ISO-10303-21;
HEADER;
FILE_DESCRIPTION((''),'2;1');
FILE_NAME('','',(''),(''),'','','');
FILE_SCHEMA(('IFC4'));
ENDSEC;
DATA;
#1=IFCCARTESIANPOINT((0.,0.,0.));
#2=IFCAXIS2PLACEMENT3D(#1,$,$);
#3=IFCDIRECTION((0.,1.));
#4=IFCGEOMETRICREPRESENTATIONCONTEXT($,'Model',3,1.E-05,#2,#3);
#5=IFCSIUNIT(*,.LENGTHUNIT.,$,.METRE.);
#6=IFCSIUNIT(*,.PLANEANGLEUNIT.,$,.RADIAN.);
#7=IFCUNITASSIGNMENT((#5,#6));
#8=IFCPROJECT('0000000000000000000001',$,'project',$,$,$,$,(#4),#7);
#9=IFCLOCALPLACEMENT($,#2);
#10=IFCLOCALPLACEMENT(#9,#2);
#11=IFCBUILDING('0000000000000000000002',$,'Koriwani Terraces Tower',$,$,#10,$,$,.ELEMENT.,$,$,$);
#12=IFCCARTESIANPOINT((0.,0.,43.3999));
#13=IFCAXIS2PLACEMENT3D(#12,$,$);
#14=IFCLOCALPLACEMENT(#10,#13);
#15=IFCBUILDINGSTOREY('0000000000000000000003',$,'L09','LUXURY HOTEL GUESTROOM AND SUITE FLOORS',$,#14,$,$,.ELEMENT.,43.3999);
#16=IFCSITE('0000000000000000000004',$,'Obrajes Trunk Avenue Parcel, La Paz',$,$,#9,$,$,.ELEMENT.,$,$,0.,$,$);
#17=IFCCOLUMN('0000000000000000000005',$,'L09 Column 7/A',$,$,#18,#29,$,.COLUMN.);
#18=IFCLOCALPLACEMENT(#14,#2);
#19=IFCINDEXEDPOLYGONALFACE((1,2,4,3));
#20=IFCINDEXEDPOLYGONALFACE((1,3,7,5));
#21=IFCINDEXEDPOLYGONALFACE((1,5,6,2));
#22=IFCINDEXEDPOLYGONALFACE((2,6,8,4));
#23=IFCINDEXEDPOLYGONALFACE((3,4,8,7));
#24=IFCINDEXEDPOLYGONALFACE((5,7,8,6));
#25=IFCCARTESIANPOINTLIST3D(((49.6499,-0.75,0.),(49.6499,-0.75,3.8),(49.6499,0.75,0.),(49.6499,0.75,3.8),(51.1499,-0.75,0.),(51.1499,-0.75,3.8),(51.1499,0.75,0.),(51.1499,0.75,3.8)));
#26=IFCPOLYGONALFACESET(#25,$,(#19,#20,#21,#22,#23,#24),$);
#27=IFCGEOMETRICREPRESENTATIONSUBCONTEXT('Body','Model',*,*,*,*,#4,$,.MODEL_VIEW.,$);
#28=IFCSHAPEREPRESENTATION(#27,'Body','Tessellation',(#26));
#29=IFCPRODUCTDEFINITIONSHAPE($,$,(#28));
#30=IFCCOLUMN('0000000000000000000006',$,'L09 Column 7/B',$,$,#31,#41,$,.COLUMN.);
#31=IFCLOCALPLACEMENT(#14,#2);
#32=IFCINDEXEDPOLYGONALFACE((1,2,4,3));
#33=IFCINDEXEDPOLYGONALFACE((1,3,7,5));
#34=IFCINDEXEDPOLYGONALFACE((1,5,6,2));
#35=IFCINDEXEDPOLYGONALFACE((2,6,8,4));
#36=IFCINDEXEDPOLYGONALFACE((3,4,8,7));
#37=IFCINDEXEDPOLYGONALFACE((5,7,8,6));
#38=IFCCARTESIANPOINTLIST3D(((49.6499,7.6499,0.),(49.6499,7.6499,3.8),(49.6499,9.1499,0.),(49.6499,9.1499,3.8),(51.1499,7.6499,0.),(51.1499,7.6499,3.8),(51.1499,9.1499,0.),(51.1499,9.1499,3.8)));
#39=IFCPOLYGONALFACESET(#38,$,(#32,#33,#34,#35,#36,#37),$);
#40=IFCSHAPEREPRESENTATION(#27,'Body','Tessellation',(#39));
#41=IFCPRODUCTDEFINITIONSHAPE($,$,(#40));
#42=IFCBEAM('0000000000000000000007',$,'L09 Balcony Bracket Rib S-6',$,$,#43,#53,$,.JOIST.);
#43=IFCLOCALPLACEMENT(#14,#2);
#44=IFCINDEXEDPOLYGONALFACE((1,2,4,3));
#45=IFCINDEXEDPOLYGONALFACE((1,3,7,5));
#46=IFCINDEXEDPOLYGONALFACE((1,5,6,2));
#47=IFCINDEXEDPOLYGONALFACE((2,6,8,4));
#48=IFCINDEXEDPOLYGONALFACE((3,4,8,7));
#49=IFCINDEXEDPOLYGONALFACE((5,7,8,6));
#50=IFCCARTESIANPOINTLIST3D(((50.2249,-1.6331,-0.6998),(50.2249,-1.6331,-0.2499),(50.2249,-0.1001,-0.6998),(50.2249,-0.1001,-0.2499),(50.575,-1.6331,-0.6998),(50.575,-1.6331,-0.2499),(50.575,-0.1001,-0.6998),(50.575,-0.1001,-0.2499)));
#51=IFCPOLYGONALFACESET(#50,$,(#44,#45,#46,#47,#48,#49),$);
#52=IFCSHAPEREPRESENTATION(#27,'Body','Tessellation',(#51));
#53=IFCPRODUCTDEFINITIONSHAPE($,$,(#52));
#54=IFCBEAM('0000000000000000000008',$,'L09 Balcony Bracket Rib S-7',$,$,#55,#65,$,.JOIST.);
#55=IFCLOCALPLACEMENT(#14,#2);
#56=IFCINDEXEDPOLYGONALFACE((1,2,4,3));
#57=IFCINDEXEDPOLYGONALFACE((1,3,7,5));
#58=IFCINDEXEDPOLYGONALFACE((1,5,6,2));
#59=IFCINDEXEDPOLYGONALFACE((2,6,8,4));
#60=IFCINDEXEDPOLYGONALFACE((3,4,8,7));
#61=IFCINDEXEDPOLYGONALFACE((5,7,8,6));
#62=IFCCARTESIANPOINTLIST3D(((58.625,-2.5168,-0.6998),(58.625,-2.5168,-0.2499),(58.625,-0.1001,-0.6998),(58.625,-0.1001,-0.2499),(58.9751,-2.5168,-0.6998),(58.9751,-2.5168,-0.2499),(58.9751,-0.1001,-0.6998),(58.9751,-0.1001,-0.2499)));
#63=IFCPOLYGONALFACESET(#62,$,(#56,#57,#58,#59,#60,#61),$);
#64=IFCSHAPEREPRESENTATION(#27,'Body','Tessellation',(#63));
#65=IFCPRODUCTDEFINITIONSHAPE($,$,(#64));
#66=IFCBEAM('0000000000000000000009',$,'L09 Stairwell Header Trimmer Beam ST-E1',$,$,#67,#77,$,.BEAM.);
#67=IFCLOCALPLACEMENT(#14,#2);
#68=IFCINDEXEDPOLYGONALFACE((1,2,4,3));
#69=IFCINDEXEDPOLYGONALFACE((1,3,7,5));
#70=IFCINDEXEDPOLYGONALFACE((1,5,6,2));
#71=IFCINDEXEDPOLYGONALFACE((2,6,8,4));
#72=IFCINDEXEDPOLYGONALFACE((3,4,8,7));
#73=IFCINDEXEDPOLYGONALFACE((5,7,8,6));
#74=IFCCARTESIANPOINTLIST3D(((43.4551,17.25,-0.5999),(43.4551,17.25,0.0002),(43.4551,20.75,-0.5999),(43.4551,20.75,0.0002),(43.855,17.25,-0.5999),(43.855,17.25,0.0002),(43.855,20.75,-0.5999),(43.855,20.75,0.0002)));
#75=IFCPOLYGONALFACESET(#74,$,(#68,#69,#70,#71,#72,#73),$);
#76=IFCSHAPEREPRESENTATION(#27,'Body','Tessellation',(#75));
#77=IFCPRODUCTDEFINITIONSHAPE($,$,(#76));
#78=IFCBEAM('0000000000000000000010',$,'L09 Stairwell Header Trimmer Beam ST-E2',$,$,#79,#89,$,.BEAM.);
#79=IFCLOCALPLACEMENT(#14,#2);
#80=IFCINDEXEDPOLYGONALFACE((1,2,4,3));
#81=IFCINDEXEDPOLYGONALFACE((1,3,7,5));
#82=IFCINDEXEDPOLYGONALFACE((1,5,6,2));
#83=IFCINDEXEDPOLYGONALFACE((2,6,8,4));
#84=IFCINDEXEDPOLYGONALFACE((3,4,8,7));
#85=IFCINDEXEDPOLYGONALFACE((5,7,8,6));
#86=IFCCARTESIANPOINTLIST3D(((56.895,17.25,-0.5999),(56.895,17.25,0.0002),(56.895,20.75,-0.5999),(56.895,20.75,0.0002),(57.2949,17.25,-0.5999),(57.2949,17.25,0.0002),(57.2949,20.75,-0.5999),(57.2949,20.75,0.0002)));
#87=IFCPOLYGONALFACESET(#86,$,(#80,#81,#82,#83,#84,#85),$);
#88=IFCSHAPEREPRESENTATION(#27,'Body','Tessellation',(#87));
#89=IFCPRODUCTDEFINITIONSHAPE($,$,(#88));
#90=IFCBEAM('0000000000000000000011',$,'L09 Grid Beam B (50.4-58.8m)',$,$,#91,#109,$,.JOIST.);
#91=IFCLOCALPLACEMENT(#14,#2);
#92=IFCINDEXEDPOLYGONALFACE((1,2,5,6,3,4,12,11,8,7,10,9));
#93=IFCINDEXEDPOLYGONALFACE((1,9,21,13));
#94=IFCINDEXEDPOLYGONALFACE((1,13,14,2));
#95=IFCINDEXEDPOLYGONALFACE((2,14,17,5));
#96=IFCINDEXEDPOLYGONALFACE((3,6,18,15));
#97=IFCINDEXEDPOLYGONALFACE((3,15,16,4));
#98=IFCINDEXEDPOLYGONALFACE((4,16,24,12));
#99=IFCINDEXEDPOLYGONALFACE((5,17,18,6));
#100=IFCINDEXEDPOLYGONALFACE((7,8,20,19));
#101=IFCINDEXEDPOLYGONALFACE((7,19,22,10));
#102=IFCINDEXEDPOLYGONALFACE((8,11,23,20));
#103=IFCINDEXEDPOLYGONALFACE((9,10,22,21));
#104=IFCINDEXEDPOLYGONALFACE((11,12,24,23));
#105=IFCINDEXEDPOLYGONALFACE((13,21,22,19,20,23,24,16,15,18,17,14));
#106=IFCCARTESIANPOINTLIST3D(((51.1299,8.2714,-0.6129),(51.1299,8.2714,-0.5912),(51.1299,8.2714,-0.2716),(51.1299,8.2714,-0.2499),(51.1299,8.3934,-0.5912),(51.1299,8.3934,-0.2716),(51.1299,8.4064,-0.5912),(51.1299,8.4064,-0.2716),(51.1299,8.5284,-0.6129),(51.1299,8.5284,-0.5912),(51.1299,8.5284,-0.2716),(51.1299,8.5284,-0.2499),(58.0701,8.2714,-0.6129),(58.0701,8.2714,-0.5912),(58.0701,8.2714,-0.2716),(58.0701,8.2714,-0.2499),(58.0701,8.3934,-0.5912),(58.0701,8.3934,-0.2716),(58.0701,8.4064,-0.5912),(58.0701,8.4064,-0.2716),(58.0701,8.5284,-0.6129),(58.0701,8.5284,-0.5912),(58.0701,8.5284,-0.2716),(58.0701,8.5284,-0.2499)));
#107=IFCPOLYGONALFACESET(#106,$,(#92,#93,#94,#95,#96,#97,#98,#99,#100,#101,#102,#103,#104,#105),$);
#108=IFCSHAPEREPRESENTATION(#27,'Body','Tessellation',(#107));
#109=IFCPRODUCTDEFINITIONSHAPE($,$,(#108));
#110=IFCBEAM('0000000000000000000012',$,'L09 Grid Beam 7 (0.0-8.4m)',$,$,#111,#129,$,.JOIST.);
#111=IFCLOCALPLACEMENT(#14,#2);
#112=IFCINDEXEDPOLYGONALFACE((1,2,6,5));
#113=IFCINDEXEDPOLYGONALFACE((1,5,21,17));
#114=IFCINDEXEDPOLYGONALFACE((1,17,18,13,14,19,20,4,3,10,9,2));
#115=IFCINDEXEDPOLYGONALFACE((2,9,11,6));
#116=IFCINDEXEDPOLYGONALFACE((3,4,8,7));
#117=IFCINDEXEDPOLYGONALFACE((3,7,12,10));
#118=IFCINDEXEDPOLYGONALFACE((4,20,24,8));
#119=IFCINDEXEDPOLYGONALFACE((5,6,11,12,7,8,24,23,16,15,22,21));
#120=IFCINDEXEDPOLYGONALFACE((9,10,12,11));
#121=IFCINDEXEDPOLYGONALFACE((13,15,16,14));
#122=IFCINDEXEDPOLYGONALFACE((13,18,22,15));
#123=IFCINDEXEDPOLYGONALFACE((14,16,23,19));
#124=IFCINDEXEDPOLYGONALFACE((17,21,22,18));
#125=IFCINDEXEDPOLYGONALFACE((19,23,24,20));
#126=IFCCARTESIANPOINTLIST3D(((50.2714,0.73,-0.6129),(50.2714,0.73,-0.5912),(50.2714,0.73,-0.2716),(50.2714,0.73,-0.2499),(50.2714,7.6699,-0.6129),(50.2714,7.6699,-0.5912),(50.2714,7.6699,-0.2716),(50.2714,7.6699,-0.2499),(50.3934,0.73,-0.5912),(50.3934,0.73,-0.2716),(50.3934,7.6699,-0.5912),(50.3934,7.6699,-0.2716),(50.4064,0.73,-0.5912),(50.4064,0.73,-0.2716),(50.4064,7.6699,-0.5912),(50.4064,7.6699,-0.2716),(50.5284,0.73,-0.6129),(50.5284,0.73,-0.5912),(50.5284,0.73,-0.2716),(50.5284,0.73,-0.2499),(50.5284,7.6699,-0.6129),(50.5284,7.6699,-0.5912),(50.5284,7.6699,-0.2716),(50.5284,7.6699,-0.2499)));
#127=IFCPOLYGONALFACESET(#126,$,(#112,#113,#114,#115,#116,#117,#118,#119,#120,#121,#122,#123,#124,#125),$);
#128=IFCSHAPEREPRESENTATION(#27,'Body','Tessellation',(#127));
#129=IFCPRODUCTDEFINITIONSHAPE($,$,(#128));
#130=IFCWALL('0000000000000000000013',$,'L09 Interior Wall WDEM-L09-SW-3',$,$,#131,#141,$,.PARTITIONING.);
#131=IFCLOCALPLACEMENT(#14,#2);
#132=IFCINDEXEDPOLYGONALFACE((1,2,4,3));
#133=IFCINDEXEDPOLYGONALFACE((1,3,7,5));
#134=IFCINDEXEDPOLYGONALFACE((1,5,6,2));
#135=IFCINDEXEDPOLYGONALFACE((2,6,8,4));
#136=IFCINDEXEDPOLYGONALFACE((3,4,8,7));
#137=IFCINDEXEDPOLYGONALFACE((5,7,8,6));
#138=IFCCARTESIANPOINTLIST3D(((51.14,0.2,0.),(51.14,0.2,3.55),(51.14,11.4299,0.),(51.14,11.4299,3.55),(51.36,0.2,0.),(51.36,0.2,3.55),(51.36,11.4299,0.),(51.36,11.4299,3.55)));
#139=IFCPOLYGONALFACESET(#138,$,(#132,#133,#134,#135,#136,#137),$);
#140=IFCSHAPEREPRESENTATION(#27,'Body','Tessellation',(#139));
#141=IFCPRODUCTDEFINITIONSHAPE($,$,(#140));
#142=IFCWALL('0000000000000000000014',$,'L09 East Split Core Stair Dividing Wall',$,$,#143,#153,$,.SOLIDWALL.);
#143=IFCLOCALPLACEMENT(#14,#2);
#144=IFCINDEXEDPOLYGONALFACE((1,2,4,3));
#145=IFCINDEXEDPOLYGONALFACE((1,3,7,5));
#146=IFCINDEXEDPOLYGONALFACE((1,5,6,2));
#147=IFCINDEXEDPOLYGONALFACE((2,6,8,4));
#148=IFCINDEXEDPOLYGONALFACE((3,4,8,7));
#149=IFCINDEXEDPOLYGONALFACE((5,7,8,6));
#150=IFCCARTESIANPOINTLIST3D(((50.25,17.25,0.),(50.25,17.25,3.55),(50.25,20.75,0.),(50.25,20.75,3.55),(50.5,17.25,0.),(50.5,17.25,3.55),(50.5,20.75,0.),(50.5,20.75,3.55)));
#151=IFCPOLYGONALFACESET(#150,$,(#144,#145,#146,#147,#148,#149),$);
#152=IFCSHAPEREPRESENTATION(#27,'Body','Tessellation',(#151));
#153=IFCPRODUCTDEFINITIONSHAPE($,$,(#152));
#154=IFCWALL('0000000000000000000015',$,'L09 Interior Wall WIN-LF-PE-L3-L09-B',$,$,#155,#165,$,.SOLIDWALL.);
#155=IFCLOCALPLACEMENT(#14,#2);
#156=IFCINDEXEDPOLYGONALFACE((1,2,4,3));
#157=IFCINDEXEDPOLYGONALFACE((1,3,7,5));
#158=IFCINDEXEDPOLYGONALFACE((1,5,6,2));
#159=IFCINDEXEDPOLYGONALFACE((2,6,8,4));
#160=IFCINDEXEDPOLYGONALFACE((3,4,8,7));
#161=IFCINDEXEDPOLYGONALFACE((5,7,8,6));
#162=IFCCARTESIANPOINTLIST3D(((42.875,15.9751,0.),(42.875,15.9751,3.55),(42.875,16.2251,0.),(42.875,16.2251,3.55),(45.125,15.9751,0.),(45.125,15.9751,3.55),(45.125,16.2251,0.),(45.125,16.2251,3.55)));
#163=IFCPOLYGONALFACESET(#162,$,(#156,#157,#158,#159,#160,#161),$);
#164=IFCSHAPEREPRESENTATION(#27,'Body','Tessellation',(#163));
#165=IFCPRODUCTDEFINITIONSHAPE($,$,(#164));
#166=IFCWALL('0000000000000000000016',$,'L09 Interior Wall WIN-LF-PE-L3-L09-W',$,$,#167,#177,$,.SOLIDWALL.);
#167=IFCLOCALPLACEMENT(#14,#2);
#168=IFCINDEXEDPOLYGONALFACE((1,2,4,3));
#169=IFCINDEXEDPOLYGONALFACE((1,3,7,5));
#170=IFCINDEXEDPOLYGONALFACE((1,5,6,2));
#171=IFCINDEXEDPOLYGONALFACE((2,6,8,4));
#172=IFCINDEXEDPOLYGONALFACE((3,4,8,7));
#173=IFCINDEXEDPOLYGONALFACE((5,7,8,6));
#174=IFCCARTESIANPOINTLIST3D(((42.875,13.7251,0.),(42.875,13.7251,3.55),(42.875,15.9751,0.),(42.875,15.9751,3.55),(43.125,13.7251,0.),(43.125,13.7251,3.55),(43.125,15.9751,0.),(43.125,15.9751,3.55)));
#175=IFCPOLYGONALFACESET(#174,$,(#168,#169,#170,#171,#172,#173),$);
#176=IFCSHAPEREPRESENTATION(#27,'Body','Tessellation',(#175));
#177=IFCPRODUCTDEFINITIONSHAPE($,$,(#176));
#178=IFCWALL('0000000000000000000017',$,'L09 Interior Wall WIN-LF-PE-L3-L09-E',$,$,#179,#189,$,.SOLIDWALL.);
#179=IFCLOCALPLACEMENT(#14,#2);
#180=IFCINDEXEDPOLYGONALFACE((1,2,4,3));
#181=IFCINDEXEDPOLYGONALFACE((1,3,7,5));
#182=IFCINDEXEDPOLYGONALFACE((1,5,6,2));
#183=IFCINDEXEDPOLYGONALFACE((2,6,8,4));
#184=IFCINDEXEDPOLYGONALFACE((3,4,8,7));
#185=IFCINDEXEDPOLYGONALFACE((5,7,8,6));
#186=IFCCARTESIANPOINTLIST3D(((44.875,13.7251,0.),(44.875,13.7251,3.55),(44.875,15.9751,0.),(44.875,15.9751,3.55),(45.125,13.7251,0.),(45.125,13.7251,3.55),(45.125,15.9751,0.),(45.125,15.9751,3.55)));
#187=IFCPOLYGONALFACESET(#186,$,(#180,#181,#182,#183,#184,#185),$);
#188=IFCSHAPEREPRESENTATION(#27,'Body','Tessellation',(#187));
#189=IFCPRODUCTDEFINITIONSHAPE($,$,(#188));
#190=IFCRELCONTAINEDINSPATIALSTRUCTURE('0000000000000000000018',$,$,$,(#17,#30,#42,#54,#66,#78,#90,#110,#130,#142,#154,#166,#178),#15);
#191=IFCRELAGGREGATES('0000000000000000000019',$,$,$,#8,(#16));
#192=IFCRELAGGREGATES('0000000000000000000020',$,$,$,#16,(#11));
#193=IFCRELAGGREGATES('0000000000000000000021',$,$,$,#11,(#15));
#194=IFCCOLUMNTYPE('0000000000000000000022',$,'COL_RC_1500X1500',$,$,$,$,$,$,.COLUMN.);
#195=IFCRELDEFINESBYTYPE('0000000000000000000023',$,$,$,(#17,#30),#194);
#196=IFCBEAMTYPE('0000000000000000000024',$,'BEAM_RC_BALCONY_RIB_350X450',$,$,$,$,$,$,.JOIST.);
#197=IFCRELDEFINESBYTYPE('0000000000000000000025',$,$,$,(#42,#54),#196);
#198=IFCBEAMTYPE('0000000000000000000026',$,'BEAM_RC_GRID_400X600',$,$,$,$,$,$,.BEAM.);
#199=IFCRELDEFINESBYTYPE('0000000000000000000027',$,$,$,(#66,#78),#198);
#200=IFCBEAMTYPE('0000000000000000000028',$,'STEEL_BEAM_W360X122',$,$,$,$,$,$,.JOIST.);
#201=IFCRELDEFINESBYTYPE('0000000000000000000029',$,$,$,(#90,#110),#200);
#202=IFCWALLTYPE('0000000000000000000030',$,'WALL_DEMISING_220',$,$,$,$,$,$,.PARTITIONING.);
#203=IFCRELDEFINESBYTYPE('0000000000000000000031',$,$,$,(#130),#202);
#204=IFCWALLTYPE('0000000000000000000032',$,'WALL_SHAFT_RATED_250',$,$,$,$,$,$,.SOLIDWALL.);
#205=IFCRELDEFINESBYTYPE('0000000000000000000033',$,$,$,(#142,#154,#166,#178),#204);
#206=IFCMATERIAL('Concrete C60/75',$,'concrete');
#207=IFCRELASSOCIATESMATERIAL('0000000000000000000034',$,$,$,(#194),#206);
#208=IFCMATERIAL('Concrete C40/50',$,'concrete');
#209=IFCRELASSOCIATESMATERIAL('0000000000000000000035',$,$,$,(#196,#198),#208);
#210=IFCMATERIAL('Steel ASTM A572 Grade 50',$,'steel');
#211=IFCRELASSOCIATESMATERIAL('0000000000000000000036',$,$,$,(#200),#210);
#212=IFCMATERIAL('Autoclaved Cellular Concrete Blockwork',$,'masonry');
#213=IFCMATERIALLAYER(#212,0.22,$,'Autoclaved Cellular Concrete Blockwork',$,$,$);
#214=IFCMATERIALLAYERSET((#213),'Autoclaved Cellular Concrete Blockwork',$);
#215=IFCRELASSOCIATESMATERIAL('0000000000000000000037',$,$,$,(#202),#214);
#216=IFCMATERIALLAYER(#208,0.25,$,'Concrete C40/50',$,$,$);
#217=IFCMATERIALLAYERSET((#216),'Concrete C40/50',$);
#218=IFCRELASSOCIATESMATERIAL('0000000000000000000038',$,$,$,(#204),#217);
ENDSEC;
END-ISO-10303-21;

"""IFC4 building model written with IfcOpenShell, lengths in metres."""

from ifc_helpers import new_model, si_unit, direction, frame, frame_2d, origin, origin_2d, place, context, subcontext, project, spatial, rectangle, i_section, extrude, material, layer, layer_set, material_profile, profile_set, type_object, element, save


model = new_model("IFC4")

# Units and contexts
model_context = context("Model", 3, precision=1e-05, world=origin(), true_north=direction((0.0, 1.0)))
body_context = subcontext(model_context, "Body", "Model", "MODEL_VIEW")
ifc_project = project(units=[si_unit("LENGTHUNIT", "METRE"), si_unit("PLANEANGLEUNIT", "RADIAN")], contexts=[model_context])

# Site, building, storey
site_placement = place(None, origin())
site = spatial("IfcSite", under=ifc_project, at=site_placement, Name="Obrajes Trunk Avenue Parcel, La Paz", CompositionType="ELEMENT", RefElevation=0.0)
building_placement = place(site_placement, origin())
building = spatial("IfcBuilding", under=site, at=building_placement, Name="Koriwani Terraces Tower", CompositionType="ELEMENT")
storey_placement = place(building_placement, frame((0.0, 0.0, 43.3999)))
storey = spatial("IfcBuildingStorey", under=building, at=storey_placement, Name="L09", Description="LUXURY HOTEL GUESTROOM AND SUITE FLOORS", CompositionType="ELEMENT", Elevation=43.3999)

# Columns
ifc_material_1 = material(Name="Concrete C60/75", Category="concrete")
ifc_material_profile_1 = material_profile(ifc_material_1, rectangle(XDim=1.5, YDim=1.5, at=origin_2d()), Name="Concrete C60/75", Category="LoadBearing")
ifc_profile_set_1 = profile_set([ifc_material_profile_1], Name="Concrete C60/75")
column_type = type_object("IfcColumnType", Name="COL_RC_1500X1500", PredefinedType="COLUMN", material=ifc_profile_set_1)
for number, where, z_axis, x_axis, name in (
    (1, (50.3999, 0.0, 0.0), (0.0, 0.0, 1.0), (1.0, 0.0, 0.0), "L09 Column 7/A"),
    (2, (50.3999, 8.3999, 0.0), (0.0, 0.0, 1.0), (1.0, 0.0, 0.0), "L09 Column 7/B"),
):
    element("IfcColumn", number, at=place(storey_placement, frame(where, z_axis=z_axis, x_axis=x_axis)), inside=storey, type_object=column_type, Name=name, PredefinedType="COLUMN", context=body_context, shape_type="SweptSolid", body=[
        extrude(rectangle(XDim=1.5, YDim=1.5, at=origin_2d()), origin(), (0.0, 0.0, 1.0), 3.8),
    ])

# Beams
ifc_material_2 = material(Name="Concrete C40/50", Category="concrete")
ifc_material_profile_2 = material_profile(ifc_material_2, rectangle(XDim=0.3501, YDim=0.45, at=origin_2d()), Name="Concrete C40/50", Category="LoadBearing")
ifc_profile_set_2 = profile_set([ifc_material_profile_2], Name="Concrete C40/50")
beam_type_1 = type_object("IfcBeamType", Name="BEAM_RC_BALCONY_RIB_350X450", PredefinedType="JOIST", material=ifc_profile_set_2)
beam_1_placement = place(storey_placement, frame((50.3999, -1.6331, -0.4749), z_axis=(0.0, 1.0, 0.0), x_axis=(-1.0, 0.0, 0.0)))
element("IfcBeam", 3, at=beam_1_placement, inside=storey, type_object=beam_type_1, Name="L09 Balcony Bracket Rib S-6", PredefinedType="JOIST", context=body_context, shape_type="SweptSolid", body=[
    extrude(rectangle(XDim=0.3501, YDim=0.45, at=origin_2d()), origin(), (0.0, 0.0, 1.0), 1.533),
])
beam_2_placement = place(storey_placement, frame((58.8, -2.5168, -0.4749), z_axis=(0.0, 1.0, 0.0), x_axis=(-1.0, 0.0, 0.0)))
element("IfcBeam", 4, at=beam_2_placement, inside=storey, type_object=beam_type_1, Name="L09 Balcony Bracket Rib S-7", PredefinedType="JOIST", context=body_context, shape_type="SweptSolid", body=[
    extrude(rectangle(XDim=0.3501, YDim=0.45, at=origin_2d()), origin(), (0.0, 0.0, 1.0), 2.4167),
])
ifc_material_profile_3 = material_profile(ifc_material_2, rectangle(XDim=0.3999, YDim=0.6001, at=origin_2d()), Name="Concrete C40/50", Category="LoadBearing")
ifc_profile_set_3 = profile_set([ifc_material_profile_3], Name="Concrete C40/50")
beam_type_2 = type_object("IfcBeamType", Name="BEAM_RC_GRID_400X600", PredefinedType="BEAM", material=ifc_profile_set_3)
for number, where, z_axis, x_axis, name in (
    (5, (43.655, 17.25, -0.2998), (0.0, 1.0, 0.0), (-1.0, 0.0, 0.0), "L09 Stairwell Header Trimmer Beam ST-E1"),
    (6, (57.095, 17.25, -0.2998), (0.0, 1.0, 0.0), (-1.0, 0.0, 0.0), "L09 Stairwell Header Trimmer Beam ST-E2"),
):
    element("IfcBeam", number, at=place(storey_placement, frame(where, z_axis=z_axis, x_axis=x_axis)), inside=storey, type_object=beam_type_2, Name=name, PredefinedType="BEAM", context=body_context, shape_type="SweptSolid", body=[
        extrude(rectangle(XDim=0.3999, YDim=0.6001, at=origin_2d()), origin(), (0.0, 0.0, 1.0), 3.5),
    ])
ifc_material_3 = material(Name="Steel ASTM A572 Grade 50", Category="steel")
ifc_material_profile_4 = material_profile(ifc_material_3, i_section(OverallWidth=0.2571, OverallDepth=0.363, WebThickness=0.0129, FlangeThickness=0.0217, at=origin_2d()), Name="Steel ASTM A572 Grade 50", Category="LoadBearing")
ifc_profile_set_4 = profile_set([ifc_material_profile_4], Name="Steel ASTM A572 Grade 50")
beam_type_3 = type_object("IfcBeamType", Name="STEEL_BEAM_W360X122", PredefinedType="JOIST", material=ifc_profile_set_4)
beam_3_placement = place(storey_placement, frame((51.1299, 8.3999, -0.4314), z_axis=(1.0, 0.0, 0.0), x_axis=(0.0, 1.0, 0.0)))
element("IfcBeam", 7, at=beam_3_placement, inside=storey, type_object=beam_type_3, Name="L09 Grid Beam B (50.4-58.8m)", PredefinedType="JOIST", context=body_context, shape_type="SweptSolid", body=[
    extrude(i_section(OverallWidth=0.2571, OverallDepth=0.363, WebThickness=0.0129, FlangeThickness=0.0217, at=origin_2d()), origin(), (0.0, 0.0, 1.0), 6.9402),
])
beam_4_placement = place(storey_placement, frame((50.3999, 0.73, -0.4314), z_axis=(0.0, 1.0, 0.0), x_axis=(-1.0, 0.0, 0.0)))
element("IfcBeam", 8, at=beam_4_placement, inside=storey, type_object=beam_type_3, Name="L09 Grid Beam 7 (0.0-8.4m)", PredefinedType="JOIST", context=body_context, shape_type="SweptSolid", body=[
    extrude(i_section(OverallWidth=0.2571, OverallDepth=0.363, WebThickness=0.0129, FlangeThickness=0.0217, at=origin_2d()), origin(), (0.0, 0.0, 1.0), 6.9399),
])

# Walls
ifc_material_4 = material(Name="Autoclaved Cellular Concrete Blockwork", Category="masonry")
ifc_layer_1 = layer(ifc_material_4, 0.22, Name="Autoclaved Cellular Concrete Blockwork")
ifc_layer_set_1 = layer_set([ifc_layer_1], Name="Autoclaved Cellular Concrete Blockwork")
wall_type_1 = type_object("IfcWallType", Name="WALL_DEMISING_220", PredefinedType="PARTITIONING", material=ifc_layer_set_1)
wall_1_placement = place(storey_placement, frame((51.25, 0.2, 0.0), z_axis=(0.0, 0.0, 1.0), x_axis=(0.0, 1.0, 0.0)))
element("IfcWall", 9, at=wall_1_placement, inside=storey, type_object=wall_type_1, Name="L09 Interior Wall WDEM-L09-SW-3", PredefinedType="PARTITIONING", context=body_context, shape_type="SweptSolid", body=[
    extrude(rectangle(XDim=11.23, YDim=0.22, at=frame_2d((5.615, 0.0))), origin(), (0.0, 0.0, 1.0), 3.55),
])
ifc_layer_2 = layer(ifc_material_2, 0.25, Name="Concrete C40/50")
ifc_layer_set_2 = layer_set([ifc_layer_2], Name="Concrete C40/50")
wall_type_2 = type_object("IfcWallType", Name="WALL_SHAFT_RATED_250", PredefinedType="SOLIDWALL", material=ifc_layer_set_2)
wall_2_placement = place(storey_placement, frame((50.375, 17.25, 0.0), z_axis=(0.0, 0.0, 1.0), x_axis=(0.0, 1.0, 0.0)))
element("IfcWall", 10, at=wall_2_placement, inside=storey, type_object=wall_type_2, Name="L09 East Split Core Stair Dividing Wall", PredefinedType="SOLIDWALL", context=body_context, shape_type="SweptSolid", body=[
    extrude(rectangle(XDim=3.5, YDim=0.25, at=frame_2d((1.75, 0.0))), origin(), (0.0, 0.0, 1.0), 3.55),
])

# Walls
for number, where, z_axis, x_axis, name in (
    (11, (42.875, 16.1001, 0.0), (0.0, 0.0, 1.0), (1.0, 0.0, 0.0), "L09 Interior Wall WIN-LF-PE-L3-L09-B"),
    (12, (43.0, 13.7251, 0.0), (0.0, 0.0, 1.0), (0.0, 1.0, 0.0), "L09 Interior Wall WIN-LF-PE-L3-L09-W"),
    (13, (45.0, 13.7251, 0.0), (0.0, 0.0, 1.0), (0.0, 1.0, 0.0), "L09 Interior Wall WIN-LF-PE-L3-L09-E"),
):
    element("IfcWall", number, at=place(storey_placement, frame(where, z_axis=z_axis, x_axis=x_axis)), inside=storey, type_object=wall_type_2, Name=name, PredefinedType="SOLIDWALL", context=body_context, shape_type="SweptSolid", body=[
        extrude(rectangle(XDim=2.25, YDim=0.25, at=frame_2d((1.125, 0.0))), origin(), (0.0, 0.0, 1.0), 3.55),
    ])

save(model, "model.ifc")
